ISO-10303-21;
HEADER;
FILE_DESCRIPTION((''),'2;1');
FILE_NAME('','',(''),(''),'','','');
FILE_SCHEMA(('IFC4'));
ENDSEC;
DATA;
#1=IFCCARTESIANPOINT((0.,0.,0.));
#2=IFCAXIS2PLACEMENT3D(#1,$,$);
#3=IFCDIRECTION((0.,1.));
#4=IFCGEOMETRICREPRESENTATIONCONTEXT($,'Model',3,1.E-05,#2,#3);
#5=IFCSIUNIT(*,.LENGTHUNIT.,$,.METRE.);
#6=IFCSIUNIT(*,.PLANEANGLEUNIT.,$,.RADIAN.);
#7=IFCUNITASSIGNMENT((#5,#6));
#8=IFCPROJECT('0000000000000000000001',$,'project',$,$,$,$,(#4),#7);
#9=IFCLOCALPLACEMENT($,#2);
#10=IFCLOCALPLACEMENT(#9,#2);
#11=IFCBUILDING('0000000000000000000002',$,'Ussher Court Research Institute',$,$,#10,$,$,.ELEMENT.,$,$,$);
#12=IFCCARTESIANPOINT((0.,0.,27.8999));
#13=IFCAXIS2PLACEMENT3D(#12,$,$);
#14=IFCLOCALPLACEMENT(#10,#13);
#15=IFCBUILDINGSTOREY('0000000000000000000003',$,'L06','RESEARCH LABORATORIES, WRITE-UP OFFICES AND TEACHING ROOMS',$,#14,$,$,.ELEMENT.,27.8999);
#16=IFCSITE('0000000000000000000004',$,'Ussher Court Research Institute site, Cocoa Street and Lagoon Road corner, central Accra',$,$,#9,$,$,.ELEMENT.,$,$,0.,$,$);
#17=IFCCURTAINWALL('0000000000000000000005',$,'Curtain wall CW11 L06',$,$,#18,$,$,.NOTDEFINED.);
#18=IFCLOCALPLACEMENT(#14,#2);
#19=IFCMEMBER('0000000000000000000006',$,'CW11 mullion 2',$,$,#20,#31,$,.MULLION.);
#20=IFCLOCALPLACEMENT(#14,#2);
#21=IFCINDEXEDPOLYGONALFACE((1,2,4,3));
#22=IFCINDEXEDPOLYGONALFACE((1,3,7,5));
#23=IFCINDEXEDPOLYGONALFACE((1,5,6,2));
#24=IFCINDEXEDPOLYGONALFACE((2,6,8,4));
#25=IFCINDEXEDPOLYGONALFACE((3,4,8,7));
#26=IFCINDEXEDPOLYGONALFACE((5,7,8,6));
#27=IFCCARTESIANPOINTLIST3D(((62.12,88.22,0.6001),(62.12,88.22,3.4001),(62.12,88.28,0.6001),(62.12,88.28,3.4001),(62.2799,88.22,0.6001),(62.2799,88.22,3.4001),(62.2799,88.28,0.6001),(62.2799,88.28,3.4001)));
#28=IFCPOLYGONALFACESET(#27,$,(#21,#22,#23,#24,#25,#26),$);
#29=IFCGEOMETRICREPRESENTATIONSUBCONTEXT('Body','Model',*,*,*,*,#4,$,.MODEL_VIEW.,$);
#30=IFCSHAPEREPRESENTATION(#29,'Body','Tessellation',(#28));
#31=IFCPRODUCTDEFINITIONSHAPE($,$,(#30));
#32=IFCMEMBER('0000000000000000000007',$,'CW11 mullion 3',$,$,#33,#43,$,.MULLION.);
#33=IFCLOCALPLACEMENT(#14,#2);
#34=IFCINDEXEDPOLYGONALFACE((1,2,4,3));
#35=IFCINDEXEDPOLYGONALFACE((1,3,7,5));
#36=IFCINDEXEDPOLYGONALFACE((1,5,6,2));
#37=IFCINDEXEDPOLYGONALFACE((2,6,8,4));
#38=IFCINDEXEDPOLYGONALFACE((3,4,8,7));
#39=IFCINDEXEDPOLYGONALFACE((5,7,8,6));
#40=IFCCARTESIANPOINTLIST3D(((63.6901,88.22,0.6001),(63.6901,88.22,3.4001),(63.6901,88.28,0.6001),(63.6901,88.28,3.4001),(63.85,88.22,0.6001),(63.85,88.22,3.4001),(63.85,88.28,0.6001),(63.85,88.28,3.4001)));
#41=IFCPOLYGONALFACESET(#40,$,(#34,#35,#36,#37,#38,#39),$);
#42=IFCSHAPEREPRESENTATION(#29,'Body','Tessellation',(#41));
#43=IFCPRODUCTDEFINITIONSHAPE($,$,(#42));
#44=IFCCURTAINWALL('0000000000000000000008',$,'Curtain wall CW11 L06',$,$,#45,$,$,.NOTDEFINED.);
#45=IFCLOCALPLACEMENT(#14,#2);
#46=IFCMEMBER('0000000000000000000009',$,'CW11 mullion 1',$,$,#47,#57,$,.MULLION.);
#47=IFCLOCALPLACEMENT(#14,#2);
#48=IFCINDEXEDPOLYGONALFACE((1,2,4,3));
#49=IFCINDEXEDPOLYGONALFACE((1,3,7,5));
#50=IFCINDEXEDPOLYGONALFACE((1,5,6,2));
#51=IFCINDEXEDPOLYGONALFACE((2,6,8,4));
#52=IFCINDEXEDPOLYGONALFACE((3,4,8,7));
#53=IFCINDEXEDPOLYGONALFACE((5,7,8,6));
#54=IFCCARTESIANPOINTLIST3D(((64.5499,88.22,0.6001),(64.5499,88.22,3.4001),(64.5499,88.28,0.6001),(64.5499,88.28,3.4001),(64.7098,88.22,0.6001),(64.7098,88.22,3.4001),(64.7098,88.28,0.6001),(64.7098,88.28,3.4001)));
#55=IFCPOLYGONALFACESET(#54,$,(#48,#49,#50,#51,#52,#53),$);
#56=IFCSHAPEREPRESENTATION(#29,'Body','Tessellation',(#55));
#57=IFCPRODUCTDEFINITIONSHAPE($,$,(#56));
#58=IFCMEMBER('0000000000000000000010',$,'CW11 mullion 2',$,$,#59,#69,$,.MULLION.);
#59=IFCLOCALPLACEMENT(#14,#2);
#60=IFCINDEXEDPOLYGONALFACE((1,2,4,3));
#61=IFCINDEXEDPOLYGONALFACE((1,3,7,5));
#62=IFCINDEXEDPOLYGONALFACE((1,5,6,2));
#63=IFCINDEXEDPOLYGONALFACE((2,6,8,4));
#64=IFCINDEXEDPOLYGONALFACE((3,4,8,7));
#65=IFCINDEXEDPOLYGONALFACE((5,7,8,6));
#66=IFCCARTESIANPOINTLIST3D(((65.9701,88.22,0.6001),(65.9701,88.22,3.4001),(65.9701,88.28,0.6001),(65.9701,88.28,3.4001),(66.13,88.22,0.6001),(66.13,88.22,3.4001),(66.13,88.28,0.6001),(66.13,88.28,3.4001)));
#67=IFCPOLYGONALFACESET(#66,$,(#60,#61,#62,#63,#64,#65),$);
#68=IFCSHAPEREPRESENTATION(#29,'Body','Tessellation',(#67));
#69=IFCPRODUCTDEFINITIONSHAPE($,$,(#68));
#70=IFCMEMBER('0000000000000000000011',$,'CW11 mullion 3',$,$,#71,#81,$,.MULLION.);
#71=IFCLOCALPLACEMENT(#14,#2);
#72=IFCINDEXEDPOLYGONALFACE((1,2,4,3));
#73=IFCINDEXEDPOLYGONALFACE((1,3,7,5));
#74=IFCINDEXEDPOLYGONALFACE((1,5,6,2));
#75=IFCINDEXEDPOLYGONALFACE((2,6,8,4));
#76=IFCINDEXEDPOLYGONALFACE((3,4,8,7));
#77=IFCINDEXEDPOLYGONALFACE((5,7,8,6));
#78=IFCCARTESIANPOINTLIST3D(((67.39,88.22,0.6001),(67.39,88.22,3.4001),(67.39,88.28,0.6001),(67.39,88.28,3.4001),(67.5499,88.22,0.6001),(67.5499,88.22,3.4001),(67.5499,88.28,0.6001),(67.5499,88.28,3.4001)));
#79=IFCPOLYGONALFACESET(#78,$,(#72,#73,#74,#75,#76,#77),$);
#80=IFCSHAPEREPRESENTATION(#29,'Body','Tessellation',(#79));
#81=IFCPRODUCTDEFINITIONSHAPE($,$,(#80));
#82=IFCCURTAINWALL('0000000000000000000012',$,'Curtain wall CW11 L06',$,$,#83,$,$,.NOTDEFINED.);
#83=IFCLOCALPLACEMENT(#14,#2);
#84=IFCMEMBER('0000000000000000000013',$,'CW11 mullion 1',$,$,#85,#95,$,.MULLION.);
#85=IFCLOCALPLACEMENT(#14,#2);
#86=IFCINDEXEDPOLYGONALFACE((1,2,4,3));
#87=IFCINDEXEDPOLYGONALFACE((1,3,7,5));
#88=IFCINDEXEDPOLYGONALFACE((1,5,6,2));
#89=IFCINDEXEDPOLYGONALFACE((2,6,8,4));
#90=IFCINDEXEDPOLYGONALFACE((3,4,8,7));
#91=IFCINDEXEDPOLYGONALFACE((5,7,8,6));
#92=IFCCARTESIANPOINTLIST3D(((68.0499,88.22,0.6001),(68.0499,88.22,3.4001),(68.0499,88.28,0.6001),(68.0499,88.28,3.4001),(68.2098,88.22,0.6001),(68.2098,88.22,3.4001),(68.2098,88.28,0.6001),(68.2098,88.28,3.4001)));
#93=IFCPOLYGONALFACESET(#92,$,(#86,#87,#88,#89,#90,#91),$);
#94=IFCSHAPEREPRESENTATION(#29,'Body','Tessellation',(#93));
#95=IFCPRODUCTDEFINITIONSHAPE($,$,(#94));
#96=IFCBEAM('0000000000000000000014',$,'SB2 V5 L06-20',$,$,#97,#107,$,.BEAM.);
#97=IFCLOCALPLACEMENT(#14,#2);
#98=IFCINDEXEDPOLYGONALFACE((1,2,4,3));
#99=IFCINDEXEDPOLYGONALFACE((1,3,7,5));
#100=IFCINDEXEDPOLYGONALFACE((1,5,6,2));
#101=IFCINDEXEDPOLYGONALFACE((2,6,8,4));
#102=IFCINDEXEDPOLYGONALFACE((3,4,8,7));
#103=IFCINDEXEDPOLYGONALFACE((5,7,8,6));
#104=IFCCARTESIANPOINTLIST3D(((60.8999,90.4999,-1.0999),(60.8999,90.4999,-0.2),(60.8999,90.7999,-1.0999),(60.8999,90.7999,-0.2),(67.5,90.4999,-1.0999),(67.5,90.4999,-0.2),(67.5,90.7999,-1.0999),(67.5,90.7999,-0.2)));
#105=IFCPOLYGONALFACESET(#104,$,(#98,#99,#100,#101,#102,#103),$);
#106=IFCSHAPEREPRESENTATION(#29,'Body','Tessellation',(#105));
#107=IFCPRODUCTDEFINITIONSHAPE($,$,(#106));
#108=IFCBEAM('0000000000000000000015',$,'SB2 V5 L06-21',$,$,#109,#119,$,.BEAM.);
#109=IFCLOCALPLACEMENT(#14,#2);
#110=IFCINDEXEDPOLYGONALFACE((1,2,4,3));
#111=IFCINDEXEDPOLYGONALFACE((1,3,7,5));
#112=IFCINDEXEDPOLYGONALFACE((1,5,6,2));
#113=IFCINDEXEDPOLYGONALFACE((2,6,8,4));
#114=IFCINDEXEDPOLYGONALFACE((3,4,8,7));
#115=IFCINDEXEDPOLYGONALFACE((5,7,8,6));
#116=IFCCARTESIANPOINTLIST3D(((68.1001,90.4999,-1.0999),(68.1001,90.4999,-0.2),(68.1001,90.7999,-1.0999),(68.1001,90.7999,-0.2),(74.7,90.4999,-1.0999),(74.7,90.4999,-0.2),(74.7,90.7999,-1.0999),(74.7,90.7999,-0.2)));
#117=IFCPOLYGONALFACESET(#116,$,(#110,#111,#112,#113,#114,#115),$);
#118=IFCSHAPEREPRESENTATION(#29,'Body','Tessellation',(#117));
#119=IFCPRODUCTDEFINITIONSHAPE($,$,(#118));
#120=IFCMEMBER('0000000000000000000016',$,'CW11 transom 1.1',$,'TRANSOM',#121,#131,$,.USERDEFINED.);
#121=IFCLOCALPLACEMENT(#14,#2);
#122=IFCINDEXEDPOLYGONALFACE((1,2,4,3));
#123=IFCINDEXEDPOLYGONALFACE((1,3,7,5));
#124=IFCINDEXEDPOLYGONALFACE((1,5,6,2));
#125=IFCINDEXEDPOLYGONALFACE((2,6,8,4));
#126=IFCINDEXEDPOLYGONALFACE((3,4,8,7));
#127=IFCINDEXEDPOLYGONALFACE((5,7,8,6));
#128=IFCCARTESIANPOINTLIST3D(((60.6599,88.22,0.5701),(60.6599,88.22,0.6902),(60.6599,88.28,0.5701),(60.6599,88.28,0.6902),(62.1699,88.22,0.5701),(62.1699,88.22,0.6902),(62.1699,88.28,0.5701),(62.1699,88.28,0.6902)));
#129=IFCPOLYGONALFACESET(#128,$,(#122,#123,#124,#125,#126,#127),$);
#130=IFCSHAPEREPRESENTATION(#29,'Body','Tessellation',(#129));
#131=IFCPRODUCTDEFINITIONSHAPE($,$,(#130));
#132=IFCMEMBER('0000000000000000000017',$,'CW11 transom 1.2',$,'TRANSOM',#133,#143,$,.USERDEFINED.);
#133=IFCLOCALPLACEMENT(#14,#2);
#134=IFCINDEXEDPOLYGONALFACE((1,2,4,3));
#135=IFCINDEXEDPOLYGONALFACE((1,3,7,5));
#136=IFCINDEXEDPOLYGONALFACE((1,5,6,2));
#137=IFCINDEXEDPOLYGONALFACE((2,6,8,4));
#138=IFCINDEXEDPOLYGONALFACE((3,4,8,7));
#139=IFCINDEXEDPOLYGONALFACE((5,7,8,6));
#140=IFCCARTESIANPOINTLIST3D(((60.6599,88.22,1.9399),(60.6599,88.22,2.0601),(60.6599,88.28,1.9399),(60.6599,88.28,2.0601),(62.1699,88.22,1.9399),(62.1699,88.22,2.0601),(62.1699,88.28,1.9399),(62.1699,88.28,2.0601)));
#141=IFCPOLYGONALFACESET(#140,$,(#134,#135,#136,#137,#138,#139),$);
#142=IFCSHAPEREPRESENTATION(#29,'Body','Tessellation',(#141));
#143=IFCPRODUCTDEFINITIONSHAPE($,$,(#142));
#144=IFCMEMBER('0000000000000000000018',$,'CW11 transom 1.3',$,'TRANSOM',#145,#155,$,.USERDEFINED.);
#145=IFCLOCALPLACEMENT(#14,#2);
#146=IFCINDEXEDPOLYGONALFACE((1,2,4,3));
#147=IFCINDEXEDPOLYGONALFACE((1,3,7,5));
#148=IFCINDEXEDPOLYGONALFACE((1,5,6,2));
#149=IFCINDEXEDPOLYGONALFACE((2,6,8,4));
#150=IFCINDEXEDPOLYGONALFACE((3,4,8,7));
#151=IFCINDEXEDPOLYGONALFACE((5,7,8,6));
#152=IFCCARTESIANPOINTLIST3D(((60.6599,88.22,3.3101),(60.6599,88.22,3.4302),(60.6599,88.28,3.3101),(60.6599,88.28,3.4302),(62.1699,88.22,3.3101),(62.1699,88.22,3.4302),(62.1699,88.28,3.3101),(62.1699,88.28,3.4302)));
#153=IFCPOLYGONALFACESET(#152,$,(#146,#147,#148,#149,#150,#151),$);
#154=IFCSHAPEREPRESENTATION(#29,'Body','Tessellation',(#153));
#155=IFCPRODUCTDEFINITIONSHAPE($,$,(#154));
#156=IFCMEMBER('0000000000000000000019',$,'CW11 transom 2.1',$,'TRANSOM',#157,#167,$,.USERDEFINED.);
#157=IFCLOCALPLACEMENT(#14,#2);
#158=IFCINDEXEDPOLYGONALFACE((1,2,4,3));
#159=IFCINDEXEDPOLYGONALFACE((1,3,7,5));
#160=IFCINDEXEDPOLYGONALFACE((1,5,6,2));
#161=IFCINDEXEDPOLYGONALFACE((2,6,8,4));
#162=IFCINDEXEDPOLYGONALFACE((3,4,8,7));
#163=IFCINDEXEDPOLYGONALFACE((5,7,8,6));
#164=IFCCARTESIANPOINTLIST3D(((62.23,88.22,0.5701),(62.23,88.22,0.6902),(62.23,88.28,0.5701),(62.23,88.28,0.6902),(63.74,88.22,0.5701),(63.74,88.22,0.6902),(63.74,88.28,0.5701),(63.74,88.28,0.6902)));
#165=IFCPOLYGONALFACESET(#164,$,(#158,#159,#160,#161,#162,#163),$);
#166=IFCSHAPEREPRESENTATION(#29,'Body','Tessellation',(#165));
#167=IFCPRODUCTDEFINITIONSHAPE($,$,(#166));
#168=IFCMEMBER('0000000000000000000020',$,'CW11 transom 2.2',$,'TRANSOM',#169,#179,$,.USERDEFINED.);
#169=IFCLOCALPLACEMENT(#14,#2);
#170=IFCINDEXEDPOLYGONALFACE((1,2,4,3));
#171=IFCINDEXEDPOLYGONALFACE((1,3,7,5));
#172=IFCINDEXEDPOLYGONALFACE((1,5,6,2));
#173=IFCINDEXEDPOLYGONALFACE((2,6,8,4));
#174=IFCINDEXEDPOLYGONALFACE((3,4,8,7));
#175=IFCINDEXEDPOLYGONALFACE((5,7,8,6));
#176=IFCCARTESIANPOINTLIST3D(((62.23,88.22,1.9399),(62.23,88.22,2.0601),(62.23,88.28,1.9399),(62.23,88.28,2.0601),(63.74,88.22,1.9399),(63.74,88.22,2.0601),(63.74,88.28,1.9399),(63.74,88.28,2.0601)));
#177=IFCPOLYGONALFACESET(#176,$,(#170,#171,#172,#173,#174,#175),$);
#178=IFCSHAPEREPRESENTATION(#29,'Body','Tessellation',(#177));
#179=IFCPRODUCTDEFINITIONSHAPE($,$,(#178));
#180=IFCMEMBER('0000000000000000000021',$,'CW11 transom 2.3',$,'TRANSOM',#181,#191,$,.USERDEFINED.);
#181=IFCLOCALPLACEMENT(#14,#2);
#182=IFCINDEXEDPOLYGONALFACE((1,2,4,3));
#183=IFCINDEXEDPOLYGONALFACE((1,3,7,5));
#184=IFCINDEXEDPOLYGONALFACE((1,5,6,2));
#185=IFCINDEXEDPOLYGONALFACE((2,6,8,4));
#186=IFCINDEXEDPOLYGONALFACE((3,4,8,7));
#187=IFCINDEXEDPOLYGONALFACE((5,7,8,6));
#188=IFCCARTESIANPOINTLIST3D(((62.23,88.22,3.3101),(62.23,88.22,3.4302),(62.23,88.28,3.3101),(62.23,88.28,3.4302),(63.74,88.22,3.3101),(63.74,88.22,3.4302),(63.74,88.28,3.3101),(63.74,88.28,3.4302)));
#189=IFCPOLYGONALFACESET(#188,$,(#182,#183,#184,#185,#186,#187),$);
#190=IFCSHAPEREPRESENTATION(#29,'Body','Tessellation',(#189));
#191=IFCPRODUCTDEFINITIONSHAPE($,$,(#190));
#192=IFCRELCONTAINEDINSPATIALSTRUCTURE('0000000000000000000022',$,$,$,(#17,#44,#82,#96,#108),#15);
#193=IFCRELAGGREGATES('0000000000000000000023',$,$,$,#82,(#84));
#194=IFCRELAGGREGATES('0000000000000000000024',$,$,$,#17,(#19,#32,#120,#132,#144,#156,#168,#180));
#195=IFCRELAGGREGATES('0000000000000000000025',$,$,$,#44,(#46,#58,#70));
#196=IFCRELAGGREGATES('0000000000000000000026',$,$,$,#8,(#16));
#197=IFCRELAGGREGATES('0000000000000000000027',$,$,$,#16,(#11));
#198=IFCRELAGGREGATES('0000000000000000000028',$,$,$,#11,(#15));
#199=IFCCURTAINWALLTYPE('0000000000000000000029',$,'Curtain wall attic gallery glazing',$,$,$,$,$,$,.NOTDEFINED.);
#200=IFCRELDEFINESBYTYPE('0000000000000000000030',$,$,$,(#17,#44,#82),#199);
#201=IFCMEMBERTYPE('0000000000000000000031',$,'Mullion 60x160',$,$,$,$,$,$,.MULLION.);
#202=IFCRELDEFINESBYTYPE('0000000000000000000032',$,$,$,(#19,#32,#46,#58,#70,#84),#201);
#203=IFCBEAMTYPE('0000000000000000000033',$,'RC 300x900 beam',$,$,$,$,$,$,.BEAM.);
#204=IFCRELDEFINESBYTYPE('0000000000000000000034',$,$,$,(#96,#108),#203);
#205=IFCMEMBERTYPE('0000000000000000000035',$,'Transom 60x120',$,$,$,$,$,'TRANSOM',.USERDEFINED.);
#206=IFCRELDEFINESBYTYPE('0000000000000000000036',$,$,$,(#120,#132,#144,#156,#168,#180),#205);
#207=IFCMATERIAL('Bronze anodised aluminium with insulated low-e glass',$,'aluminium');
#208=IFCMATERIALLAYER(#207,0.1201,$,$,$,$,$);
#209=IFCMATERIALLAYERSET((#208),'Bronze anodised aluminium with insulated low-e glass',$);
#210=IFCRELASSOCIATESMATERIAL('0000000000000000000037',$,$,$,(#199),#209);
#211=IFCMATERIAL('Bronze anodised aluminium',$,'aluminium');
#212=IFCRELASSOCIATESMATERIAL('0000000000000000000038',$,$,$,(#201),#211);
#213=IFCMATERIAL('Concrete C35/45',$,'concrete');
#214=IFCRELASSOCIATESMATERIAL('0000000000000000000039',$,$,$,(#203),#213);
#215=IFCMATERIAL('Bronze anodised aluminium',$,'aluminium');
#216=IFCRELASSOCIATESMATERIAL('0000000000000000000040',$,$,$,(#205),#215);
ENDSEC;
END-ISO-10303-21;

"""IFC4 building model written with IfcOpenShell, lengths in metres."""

from ifc_helpers import new_model, si_unit, direction, frame, origin, origin_2d, place, context, subcontext, project, spatial, rectangle, extrude, material, layer, layer_set, material_profile, profile_set, type_object, element, aggregate, save


model = new_model("IFC4")

# Units and contexts
model_context = context("Model", 3, precision=1e-05, world=origin(), true_north=direction((0.0, 1.0)))
body_context = subcontext(model_context, "Body", "Model", "MODEL_VIEW")
ifc_project = project(units=[si_unit("LENGTHUNIT", "METRE"), si_unit("PLANEANGLEUNIT", "RADIAN")], contexts=[model_context])

# Site, building, storey
site_placement = place(None, origin())
site = spatial("IfcSite", under=ifc_project, at=site_placement, Name="Ussher Court Research Institute site, Cocoa Street and Lagoon Road corner, central Accra", CompositionType="ELEMENT", RefElevation=0.0)
building_placement = place(site_placement, origin())
building = spatial("IfcBuilding", under=site, at=building_placement, Name="Ussher Court Research Institute", CompositionType="ELEMENT")
storey_placement = place(building_placement, frame((0.0, 0.0, 27.8999)))
storey = spatial("IfcBuildingStorey", under=building, at=storey_placement, Name="L06", Description="RESEARCH LABORATORIES, WRITE-UP OFFICES AND TEACHING ROOMS", CompositionType="ELEMENT", Elevation=27.8999)

# Curtain walls, members
ifc_material_1 = material(Name="Bronze anodised aluminium with insulated low-e glass", Category="aluminium")
ifc_layer_1 = layer(ifc_material_1, 0.1201)
ifc_layer_set_1 = layer_set([ifc_layer_1], Name="Bronze anodised aluminium with insulated low-e glass")
curtain_wall_type = type_object("IfcCurtainWallType", Name="Curtain wall attic gallery glazing", PredefinedType="NOTDEFINED", material=ifc_layer_set_1)
curtain_wall_1_placement = place(storey_placement, origin())
curtain_wall_1 = element("IfcCurtainWall", 1, at=curtain_wall_1_placement, inside=storey, type_object=curtain_wall_type, Name="Curtain wall CW11 L06", PredefinedType="NOTDEFINED")
ifc_material_2 = material(Name="Bronze anodised aluminium", Category="aluminium")
ifc_material_profile_1 = material_profile(ifc_material_2, rectangle(XDim=0.0601, YDim=0.1599, at=origin_2d()), Name="Mullion 60x160")
ifc_profile_set_1 = profile_set([ifc_material_profile_1], Name="Bronze anodised aluminium")
member_type_1 = type_object("IfcMemberType", Name="Mullion 60x160", PredefinedType="MULLION", material=ifc_profile_set_1)
member_1_placement = place(storey_placement, frame((62.2, 88.25, 0.6001), z_axis=(0.0, 0.0, 1.0), x_axis=(0.0, 1.0, 0.0)))
member_1 = element("IfcMember", 2, at=member_1_placement, type_object=member_type_1, Name="CW11 mullion 2", PredefinedType="MULLION", context=body_context, shape_type="SweptSolid", body=[
    extrude(rectangle(XDim=0.0601, YDim=0.1599, at=origin_2d()), origin(), (0.0, 0.0, 1.0), 2.8),
])
member_2_placement = place(storey_placement, frame((63.77, 88.25, 0.6001), z_axis=(0.0, 0.0, 1.0), x_axis=(0.0, 1.0, 0.0)))
member_2 = element("IfcMember", 3, at=member_2_placement, type_object=member_type_1, Name="CW11 mullion 3", PredefinedType="MULLION", context=body_context, shape_type="SweptSolid", body=[
    extrude(rectangle(XDim=0.0601, YDim=0.1599, at=origin_2d()), origin(), (0.0, 0.0, 1.0), 2.8),
])
curtain_wall_2_placement = place(storey_placement, origin())
curtain_wall_2 = element("IfcCurtainWall", 4, at=curtain_wall_2_placement, inside=storey, type_object=curtain_wall_type, Name="Curtain wall CW11 L06", PredefinedType="NOTDEFINED")
member_3_placement = place(storey_placement, frame((64.6299, 88.25, 0.6001), z_axis=(0.0, 0.0, 1.0), x_axis=(0.0, 1.0, 0.0)))
member_3 = element("IfcMember", 5, at=member_3_placement, type_object=member_type_1, Name="CW11 mullion 1", PredefinedType="MULLION", context=body_context, shape_type="SweptSolid", body=[
    extrude(rectangle(XDim=0.0601, YDim=0.1599, at=origin_2d()), origin(), (0.0, 0.0, 1.0), 2.8),
])
member_4_placement = place(storey_placement, frame((66.05, 88.25, 0.6001), z_axis=(0.0, 0.0, 1.0), x_axis=(0.0, 1.0, 0.0)))
member_4 = element("IfcMember", 6, at=member_4_placement, type_object=member_type_1, Name="CW11 mullion 2", PredefinedType="MULLION", context=body_context, shape_type="SweptSolid", body=[
    extrude(rectangle(XDim=0.0601, YDim=0.1599, at=origin_2d()), origin(), (0.0, 0.0, 1.0), 2.8),
])
member_5_placement = place(storey_placement, frame((67.47, 88.25, 0.6001), z_axis=(0.0, 0.0, 1.0), x_axis=(0.0, 1.0, 0.0)))
member_5 = element("IfcMember", 7, at=member_5_placement, type_object=member_type_1, Name="CW11 mullion 3", PredefinedType="MULLION", context=body_context, shape_type="SweptSolid", body=[
    extrude(rectangle(XDim=0.0601, YDim=0.1599, at=origin_2d()), origin(), (0.0, 0.0, 1.0), 2.8),
])

# Curtain wall, member
curtain_wall_3_placement = place(storey_placement, origin())
curtain_wall_3 = element("IfcCurtainWall", 8, at=curtain_wall_3_placement, inside=storey, type_object=curtain_wall_type, Name="Curtain wall CW11 L06", PredefinedType="NOTDEFINED")
member_6_placement = place(storey_placement, frame((68.1299, 88.25, 0.6001), z_axis=(0.0, 0.0, 1.0), x_axis=(0.0, 1.0, 0.0)))
member_6 = element("IfcMember", 9, at=member_6_placement, type_object=member_type_1, Name="CW11 mullion 1", PredefinedType="MULLION", context=body_context, shape_type="SweptSolid", body=[
    extrude(rectangle(XDim=0.0601, YDim=0.1599, at=origin_2d()), origin(), (0.0, 0.0, 1.0), 2.8),
])

# Beams
ifc_material_3 = material(Name="Concrete C35/45", Category="concrete")
ifc_material_profile_2 = material_profile(ifc_material_3, rectangle(XDim=0.3, YDim=0.8999, at=origin_2d()), Name="RC 300x900")
ifc_profile_set_2 = profile_set([ifc_material_profile_2], Name="Concrete C35/45")
beam_type = type_object("IfcBeamType", Name="RC 300x900 beam", PredefinedType="BEAM", material=ifc_profile_set_2)
beam_1_placement = place(storey_placement, frame((60.8999, 90.6499, -0.6499), z_axis=(1.0, 0.0, 0.0), x_axis=(0.0, 1.0, 0.0)))
element("IfcBeam", 10, at=beam_1_placement, inside=storey, type_object=beam_type, Name="SB2 V5 L06-20", PredefinedType="BEAM", context=body_context, shape_type="SweptSolid", body=[
    extrude(rectangle(XDim=0.3, YDim=0.8999, at=origin_2d()), origin(), (0.0, 0.0, 1.0), 6.6001),
])
beam_2_placement = place(storey_placement, frame((68.1001, 90.6499, -0.6499), z_axis=(1.0, 0.0, 0.0), x_axis=(0.0, 1.0, 0.0)))
element("IfcBeam", 11, at=beam_2_placement, inside=storey, type_object=beam_type, Name="SB2 V5 L06-21", PredefinedType="BEAM", context=body_context, shape_type="SweptSolid", body=[
    extrude(rectangle(XDim=0.3, YDim=0.8999, at=origin_2d()), origin(), (0.0, 0.0, 1.0), 6.5999),
])

# Members
ifc_material_4 = material(Name="Bronze anodised aluminium", Category="aluminium")
ifc_material_profile_3 = material_profile(ifc_material_4, rectangle(XDim=0.0601, YDim=0.1201, at=origin_2d()), Name="Transom 60x120")
ifc_profile_set_3 = profile_set([ifc_material_profile_3], Name="Bronze anodised aluminium")
member_type_2 = type_object("IfcMemberType", Name="Transom 60x120", ElementType="TRANSOM", PredefinedType="USERDEFINED", material=ifc_profile_set_3)
member_7_placement = place(storey_placement, frame((60.6599, 88.25, 0.6301), z_axis=(1.0, 0.0, 0.0), x_axis=(0.0, 1.0, 0.0)))
member_7 = element("IfcMember", 12, at=member_7_placement, type_object=member_type_2, Name="CW11 transom 1.1", ObjectType="TRANSOM", PredefinedType="USERDEFINED", context=body_context, shape_type="SweptSolid", body=[
    extrude(rectangle(XDim=0.0601, YDim=0.1201, at=origin_2d()), origin(), (0.0, 0.0, 1.0), 1.51),
])
member_8_placement = place(storey_placement, frame((60.6599, 88.25, 2.0), z_axis=(1.0, 0.0, 0.0), x_axis=(0.0, 1.0, 0.0)))
member_8 = element("IfcMember", 13, at=member_8_placement, type_object=member_type_2, Name="CW11 transom 1.2", ObjectType="TRANSOM", PredefinedType="USERDEFINED", context=body_context, shape_type="SweptSolid", body=[
    extrude(rectangle(XDim=0.0601, YDim=0.1201, at=origin_2d()), origin(), (0.0, 0.0, 1.0), 1.51),
])
member_9_placement = place(storey_placement, frame((60.6599, 88.25, 3.3701), z_axis=(1.0, 0.0, 0.0), x_axis=(0.0, 1.0, 0.0)))
member_9 = element("IfcMember", 14, at=member_9_placement, type_object=member_type_2, Name="CW11 transom 1.3", ObjectType="TRANSOM", PredefinedType="USERDEFINED", context=body_context, shape_type="SweptSolid", body=[
    extrude(rectangle(XDim=0.0601, YDim=0.1201, at=origin_2d()), origin(), (0.0, 0.0, 1.0), 1.51),
])
member_10_placement = place(storey_placement, frame((62.23, 88.25, 0.6301), z_axis=(1.0, 0.0, 0.0), x_axis=(0.0, 1.0, 0.0)))
member_10 = element("IfcMember", 15, at=member_10_placement, type_object=member_type_2, Name="CW11 transom 2.1", ObjectType="TRANSOM", PredefinedType="USERDEFINED", context=body_context, shape_type="SweptSolid", body=[
    extrude(rectangle(XDim=0.0601, YDim=0.1201, at=origin_2d()), origin(), (0.0, 0.0, 1.0), 1.51),
])
member_11_placement = place(storey_placement, frame((62.23, 88.25, 2.0), z_axis=(1.0, 0.0, 0.0), x_axis=(0.0, 1.0, 0.0)))
member_11 = element("IfcMember", 16, at=member_11_placement, type_object=member_type_2, Name="CW11 transom 2.2", ObjectType="TRANSOM", PredefinedType="USERDEFINED", context=body_context, shape_type="SweptSolid", body=[
    extrude(rectangle(XDim=0.0601, YDim=0.1201, at=origin_2d()), origin(), (0.0, 0.0, 1.0), 1.51),
])
member_12_placement = place(storey_placement, frame((62.23, 88.25, 3.3701), z_axis=(1.0, 0.0, 0.0), x_axis=(0.0, 1.0, 0.0)))
member_12 = element("IfcMember", 17, at=member_12_placement, type_object=member_type_2, Name="CW11 transom 2.3", ObjectType="TRANSOM", PredefinedType="USERDEFINED", context=body_context, shape_type="SweptSolid", body=[
    extrude(rectangle(XDim=0.0601, YDim=0.1201, at=origin_2d()), origin(), (0.0, 0.0, 1.0), 1.51),
])
aggregate(curtain_wall_3, [member_6])

aggregate(curtain_wall_1, [member_1, member_2, member_7, member_8, member_9, member_10, member_11, member_12])
aggregate(curtain_wall_2, [member_3, member_4, member_5])

save(model, "model.ifc")
